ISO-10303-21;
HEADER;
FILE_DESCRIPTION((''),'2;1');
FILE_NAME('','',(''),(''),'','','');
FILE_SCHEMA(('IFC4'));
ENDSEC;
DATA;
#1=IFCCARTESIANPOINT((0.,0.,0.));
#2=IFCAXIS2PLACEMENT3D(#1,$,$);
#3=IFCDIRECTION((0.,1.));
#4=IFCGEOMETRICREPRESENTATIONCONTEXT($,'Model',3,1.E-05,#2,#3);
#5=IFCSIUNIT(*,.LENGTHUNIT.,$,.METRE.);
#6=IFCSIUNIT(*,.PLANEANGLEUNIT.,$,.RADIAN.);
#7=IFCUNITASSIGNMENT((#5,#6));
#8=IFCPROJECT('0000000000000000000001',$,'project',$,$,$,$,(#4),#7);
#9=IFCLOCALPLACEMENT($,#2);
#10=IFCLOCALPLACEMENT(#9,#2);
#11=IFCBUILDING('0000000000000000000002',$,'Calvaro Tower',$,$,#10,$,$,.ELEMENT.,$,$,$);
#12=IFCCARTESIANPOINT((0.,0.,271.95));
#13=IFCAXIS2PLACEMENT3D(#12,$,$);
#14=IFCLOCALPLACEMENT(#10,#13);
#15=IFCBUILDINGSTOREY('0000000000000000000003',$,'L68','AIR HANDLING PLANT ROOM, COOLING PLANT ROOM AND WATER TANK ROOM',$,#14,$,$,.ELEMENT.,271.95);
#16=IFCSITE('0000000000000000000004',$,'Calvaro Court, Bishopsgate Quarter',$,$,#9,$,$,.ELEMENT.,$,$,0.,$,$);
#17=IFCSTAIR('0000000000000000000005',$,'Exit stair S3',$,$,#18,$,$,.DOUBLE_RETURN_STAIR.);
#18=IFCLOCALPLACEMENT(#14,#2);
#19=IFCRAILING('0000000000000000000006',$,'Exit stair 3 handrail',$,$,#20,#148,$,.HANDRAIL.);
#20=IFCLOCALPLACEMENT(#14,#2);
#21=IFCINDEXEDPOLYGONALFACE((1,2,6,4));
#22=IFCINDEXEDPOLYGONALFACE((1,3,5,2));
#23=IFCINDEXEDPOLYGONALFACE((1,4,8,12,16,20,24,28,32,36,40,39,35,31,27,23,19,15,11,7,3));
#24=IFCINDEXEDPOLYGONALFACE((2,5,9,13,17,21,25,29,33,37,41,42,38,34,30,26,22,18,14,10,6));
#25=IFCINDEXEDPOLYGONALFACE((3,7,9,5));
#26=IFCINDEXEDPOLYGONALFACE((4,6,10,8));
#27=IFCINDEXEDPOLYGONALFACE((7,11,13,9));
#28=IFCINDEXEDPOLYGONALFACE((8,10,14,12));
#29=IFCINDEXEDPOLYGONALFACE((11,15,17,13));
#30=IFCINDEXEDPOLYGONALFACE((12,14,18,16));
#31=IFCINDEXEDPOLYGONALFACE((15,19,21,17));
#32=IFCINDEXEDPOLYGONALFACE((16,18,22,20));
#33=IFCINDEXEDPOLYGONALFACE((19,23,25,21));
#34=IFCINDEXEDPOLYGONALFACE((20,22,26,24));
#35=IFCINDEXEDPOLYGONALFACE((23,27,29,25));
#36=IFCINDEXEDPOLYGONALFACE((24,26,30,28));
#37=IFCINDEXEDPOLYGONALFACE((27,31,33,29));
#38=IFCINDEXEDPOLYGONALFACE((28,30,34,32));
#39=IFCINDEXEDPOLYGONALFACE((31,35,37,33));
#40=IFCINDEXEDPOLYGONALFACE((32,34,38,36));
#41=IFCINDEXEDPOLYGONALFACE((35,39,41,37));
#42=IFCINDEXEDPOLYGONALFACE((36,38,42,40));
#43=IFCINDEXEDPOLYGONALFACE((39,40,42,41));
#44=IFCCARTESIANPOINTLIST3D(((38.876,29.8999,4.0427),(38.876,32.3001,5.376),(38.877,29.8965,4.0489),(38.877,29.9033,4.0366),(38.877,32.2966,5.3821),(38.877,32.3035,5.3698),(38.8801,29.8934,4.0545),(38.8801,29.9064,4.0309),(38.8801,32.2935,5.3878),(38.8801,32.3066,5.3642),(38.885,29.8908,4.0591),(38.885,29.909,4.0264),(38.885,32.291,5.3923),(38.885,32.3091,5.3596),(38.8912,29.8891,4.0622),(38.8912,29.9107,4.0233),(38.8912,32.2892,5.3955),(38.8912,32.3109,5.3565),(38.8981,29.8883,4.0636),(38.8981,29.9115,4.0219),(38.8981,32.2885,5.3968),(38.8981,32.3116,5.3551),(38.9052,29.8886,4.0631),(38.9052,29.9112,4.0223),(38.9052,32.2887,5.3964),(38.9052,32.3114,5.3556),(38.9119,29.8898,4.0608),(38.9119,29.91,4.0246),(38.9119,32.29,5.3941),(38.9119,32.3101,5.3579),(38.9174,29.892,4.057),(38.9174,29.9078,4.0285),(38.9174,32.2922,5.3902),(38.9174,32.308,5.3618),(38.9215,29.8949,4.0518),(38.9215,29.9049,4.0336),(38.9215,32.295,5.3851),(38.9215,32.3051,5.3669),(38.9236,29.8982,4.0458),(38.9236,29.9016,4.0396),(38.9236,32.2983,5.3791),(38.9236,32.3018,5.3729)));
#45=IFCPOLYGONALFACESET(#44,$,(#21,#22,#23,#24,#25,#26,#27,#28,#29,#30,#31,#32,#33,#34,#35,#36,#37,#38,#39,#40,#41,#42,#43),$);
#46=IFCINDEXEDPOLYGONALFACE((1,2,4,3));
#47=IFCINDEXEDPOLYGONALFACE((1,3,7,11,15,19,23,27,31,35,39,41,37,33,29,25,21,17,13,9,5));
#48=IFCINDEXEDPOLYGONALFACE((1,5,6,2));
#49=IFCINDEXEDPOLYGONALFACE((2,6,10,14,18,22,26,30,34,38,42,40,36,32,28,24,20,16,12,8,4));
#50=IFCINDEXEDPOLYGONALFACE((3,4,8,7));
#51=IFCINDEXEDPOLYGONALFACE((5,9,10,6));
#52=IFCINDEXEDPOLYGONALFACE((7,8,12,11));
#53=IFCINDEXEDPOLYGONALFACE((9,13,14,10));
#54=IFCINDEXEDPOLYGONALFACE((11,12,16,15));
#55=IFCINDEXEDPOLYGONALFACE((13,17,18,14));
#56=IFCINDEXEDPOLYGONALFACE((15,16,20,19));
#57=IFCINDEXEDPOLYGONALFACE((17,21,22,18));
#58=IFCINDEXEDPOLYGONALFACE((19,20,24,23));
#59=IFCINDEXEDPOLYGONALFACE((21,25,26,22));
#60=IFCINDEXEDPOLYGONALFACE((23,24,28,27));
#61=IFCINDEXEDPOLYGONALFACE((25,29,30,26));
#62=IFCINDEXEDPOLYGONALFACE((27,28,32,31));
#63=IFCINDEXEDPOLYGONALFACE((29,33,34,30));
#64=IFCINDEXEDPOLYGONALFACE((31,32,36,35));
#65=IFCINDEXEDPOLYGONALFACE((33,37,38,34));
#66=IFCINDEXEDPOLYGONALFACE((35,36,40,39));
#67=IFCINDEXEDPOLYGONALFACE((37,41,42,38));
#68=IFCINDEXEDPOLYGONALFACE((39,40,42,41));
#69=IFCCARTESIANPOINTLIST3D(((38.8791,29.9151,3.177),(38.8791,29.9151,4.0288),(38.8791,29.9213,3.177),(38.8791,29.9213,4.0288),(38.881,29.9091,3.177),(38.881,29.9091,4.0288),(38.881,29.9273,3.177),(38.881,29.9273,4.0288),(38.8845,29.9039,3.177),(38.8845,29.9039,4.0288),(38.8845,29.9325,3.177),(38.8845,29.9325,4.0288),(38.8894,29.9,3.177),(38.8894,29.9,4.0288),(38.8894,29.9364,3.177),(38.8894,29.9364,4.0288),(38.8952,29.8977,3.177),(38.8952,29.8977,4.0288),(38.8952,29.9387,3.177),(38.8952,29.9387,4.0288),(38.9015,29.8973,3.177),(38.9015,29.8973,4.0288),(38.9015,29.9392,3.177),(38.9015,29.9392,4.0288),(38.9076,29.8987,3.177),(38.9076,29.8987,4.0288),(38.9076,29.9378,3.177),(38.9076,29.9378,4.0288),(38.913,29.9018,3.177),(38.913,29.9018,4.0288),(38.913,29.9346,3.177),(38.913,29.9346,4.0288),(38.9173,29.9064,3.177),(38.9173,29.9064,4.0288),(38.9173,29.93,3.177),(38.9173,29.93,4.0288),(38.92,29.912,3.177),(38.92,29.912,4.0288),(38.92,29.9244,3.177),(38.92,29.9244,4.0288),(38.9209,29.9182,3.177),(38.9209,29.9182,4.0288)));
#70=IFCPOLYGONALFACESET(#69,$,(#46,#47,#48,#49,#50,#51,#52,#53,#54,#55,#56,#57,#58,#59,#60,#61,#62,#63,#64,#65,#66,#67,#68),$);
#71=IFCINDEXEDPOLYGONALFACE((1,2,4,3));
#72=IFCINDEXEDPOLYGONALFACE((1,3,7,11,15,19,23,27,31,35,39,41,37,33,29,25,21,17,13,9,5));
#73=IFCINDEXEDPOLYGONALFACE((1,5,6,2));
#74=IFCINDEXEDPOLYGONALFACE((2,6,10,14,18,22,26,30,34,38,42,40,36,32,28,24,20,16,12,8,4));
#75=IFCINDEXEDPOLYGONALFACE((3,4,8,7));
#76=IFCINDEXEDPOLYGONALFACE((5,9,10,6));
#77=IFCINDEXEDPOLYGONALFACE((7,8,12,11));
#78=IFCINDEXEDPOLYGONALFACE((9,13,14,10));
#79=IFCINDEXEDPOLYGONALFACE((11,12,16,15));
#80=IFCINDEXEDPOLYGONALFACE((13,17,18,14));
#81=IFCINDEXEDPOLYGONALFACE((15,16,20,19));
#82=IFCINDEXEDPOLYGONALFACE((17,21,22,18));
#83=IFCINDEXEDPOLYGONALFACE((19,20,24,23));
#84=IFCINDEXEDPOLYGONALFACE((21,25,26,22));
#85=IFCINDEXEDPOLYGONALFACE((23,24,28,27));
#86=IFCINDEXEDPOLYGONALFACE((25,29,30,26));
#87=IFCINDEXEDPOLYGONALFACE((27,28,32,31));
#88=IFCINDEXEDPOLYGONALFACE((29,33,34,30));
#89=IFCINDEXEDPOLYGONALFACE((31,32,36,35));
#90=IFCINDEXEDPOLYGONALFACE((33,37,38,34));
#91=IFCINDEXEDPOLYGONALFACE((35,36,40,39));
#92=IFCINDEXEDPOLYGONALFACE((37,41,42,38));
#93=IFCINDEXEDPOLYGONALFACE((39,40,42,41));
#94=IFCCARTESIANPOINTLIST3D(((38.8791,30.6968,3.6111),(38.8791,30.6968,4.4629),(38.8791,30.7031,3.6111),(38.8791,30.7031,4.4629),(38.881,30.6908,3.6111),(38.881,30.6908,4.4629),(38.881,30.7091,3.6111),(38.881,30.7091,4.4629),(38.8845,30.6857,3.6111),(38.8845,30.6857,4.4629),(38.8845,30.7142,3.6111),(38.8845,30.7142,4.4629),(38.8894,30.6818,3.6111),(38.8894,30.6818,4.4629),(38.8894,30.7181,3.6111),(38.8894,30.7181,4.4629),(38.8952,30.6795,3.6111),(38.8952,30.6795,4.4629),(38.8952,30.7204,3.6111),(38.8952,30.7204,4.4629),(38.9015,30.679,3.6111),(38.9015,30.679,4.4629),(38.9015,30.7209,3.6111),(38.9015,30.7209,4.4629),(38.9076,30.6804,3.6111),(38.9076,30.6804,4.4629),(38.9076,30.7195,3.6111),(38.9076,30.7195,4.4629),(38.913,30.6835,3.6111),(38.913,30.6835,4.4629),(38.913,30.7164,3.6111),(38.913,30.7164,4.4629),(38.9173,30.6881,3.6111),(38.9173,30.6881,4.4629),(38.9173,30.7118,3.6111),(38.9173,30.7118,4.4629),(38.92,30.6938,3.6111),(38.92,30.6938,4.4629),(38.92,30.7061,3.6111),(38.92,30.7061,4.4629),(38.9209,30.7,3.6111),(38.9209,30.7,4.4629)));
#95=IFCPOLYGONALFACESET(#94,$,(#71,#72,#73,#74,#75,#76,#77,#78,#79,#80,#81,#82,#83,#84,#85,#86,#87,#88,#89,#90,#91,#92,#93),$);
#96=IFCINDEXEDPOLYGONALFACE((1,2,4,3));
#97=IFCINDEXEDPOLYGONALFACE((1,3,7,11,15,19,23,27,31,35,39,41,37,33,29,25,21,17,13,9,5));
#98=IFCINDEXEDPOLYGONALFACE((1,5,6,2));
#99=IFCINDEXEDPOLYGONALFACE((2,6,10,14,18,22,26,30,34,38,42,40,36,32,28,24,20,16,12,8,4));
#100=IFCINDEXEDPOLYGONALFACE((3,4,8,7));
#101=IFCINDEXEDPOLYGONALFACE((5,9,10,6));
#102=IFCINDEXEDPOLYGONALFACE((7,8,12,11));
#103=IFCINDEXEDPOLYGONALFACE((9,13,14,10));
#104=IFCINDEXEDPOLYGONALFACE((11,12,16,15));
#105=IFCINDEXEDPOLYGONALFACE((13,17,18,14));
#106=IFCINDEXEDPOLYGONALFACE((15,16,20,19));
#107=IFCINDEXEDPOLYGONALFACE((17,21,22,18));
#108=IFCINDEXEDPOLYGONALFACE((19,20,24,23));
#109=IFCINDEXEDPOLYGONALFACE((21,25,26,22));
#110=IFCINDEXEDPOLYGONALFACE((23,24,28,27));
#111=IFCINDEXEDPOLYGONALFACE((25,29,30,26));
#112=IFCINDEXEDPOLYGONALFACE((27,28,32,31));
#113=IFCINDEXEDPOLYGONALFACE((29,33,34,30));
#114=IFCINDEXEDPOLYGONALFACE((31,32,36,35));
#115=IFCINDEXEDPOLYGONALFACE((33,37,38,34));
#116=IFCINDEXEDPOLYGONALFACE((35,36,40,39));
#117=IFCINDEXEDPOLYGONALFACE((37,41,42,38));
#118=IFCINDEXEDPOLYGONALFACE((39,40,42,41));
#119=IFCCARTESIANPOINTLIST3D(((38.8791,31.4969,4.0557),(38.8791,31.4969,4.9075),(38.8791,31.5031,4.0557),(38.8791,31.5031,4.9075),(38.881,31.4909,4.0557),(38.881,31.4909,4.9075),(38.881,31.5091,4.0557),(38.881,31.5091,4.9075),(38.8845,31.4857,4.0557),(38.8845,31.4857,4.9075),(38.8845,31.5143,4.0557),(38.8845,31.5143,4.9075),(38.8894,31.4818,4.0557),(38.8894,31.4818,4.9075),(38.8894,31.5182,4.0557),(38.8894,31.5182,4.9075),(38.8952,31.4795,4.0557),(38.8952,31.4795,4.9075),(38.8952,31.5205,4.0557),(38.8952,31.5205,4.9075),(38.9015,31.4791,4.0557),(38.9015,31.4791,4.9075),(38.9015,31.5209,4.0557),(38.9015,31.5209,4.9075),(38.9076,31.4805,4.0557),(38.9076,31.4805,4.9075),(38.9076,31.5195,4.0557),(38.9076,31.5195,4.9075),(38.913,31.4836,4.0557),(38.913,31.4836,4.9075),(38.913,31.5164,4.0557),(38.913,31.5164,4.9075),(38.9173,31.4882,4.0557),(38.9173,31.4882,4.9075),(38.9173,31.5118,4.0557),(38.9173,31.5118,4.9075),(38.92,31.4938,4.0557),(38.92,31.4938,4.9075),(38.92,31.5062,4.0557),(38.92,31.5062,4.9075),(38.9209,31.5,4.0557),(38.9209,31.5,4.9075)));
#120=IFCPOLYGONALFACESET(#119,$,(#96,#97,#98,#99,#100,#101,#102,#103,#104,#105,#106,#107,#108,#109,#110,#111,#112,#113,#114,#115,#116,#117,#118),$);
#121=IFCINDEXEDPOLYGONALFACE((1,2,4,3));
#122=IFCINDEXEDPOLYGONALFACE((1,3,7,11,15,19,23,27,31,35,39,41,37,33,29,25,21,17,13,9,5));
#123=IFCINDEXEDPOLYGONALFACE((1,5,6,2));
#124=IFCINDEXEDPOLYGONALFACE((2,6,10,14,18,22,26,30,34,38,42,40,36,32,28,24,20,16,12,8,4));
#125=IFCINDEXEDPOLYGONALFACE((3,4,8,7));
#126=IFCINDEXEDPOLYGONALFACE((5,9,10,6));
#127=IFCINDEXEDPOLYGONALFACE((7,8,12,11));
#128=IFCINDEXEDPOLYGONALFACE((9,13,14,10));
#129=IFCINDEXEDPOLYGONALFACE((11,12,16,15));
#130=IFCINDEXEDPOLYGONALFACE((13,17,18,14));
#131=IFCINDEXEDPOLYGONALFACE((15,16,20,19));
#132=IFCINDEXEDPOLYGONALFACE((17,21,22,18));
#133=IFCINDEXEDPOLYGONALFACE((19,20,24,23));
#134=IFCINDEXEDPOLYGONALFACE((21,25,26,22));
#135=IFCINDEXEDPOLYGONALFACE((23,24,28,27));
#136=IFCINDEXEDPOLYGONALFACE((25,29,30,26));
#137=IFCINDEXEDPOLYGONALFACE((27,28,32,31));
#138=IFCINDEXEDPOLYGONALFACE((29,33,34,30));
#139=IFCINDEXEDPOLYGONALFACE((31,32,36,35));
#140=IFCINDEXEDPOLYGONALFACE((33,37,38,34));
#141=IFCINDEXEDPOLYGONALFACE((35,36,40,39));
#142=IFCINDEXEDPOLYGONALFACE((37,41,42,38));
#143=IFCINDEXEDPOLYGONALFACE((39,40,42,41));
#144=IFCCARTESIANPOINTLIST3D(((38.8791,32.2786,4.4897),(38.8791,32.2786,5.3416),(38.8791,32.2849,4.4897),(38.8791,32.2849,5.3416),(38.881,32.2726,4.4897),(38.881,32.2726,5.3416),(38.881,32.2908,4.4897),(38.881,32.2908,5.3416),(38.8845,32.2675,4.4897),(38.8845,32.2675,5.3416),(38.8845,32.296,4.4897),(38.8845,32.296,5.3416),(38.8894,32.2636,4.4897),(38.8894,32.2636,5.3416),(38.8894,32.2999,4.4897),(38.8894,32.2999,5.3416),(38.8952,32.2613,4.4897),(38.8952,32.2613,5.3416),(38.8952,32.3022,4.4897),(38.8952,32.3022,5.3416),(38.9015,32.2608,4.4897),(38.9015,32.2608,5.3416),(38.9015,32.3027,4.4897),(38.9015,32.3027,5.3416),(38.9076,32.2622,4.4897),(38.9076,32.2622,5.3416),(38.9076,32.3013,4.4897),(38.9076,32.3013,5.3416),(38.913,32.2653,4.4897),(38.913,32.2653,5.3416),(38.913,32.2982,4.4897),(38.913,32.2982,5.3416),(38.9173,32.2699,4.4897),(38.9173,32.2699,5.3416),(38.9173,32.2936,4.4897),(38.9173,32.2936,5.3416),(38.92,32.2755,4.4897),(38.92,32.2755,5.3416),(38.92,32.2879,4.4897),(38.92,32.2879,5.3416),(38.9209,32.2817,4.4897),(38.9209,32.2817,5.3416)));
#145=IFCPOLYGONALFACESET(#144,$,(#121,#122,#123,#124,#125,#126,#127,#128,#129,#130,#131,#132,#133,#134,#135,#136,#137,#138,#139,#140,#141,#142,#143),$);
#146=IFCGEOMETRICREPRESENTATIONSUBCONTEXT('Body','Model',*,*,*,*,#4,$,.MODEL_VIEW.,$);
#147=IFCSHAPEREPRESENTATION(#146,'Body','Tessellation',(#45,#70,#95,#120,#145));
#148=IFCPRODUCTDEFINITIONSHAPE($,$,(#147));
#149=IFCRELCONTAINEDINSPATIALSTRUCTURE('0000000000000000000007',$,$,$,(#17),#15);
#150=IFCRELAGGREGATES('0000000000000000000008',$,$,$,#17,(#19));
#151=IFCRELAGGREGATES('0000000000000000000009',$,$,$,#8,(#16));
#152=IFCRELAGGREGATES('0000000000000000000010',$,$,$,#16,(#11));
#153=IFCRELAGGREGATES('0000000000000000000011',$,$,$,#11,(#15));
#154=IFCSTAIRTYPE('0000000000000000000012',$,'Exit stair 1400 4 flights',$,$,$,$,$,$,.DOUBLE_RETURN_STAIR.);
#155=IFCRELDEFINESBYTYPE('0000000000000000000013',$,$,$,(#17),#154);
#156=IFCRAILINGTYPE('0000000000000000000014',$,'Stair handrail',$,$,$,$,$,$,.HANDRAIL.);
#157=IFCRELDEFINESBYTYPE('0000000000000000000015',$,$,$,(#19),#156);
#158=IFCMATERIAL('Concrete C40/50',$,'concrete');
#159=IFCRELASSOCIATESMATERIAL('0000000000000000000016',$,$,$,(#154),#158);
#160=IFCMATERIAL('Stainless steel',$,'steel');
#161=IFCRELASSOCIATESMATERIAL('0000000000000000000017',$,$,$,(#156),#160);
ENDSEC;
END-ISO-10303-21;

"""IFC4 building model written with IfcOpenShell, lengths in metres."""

from ifc_helpers import new_model, si_unit, direction, frame, origin, origin_2d, place, context, subcontext, project, spatial, circle, extrude, material, type_object, element, aggregate, save


model = new_model("IFC4")

# Units and contexts
model_context = context("Model", 3, precision=1e-05, world=origin(), true_north=direction((0.0, 1.0)))
body_context = subcontext(model_context, "Body", "Model", "MODEL_VIEW")
ifc_project = project(units=[si_unit("LENGTHUNIT", "METRE"), si_unit("PLANEANGLEUNIT", "RADIAN")], contexts=[model_context])

# Site, building, storey
site_placement = place(None, origin())
site = spatial("IfcSite", under=ifc_project, at=site_placement, Name="Calvaro Court, Bishopsgate Quarter", CompositionType="ELEMENT", RefElevation=0.0)
building_placement = place(site_placement, origin())
building = spatial("IfcBuilding", under=site, at=building_placement, Name="Calvaro Tower", CompositionType="ELEMENT")
storey_placement = place(building_placement, frame((0.0, 0.0, 271.95)))
storey = spatial("IfcBuildingStorey", under=building, at=storey_placement, Name="L68", Description="AIR HANDLING PLANT ROOM, COOLING PLANT ROOM AND WATER TANK ROOM", CompositionType="ELEMENT", Elevation=271.95)

# Stair
ifc_material_1 = material(Name="Concrete C40/50", Category="concrete")
stair_type = type_object("IfcStairType", Name="Exit stair 1400 4 flights", PredefinedType="DOUBLE_RETURN_STAIR", material=ifc_material_1)
stair_placement = place(storey_placement, origin())
stair = element("IfcStair", 1, at=stair_placement, inside=storey, type_object=stair_type, Name="Exit stair S3", PredefinedType="DOUBLE_RETURN_STAIR")

# Railing
ifc_material_2 = material(Name="Stainless steel", Category="steel")
railing_type = type_object("IfcRailingType", Name="Stair handrail", PredefinedType="HANDRAIL", material=ifc_material_2)
railing_1_placement = place(storey_placement, frame((38.8999, 29.8999, 3.1667)))
railing_1 = element("IfcRailing", 2, at=railing_1_placement, type_object=railing_type, Name="Exit stair 3 handrail", PredefinedType="HANDRAIL", context=body_context, shape_type="SweptSolid", body=[
    extrude(circle(Radius=0.0239, at=origin_2d()), frame((0.0, 0.0, 0.876), z_axis=(0.0, 0.874182, 0.485598), x_axis=(-1.0, 0.0, 0.0)), (0.0, 0.0, 1.0), 2.7456),
    extrude(circle(Radius=0.021, at=origin_2d()), frame((0.0, 0.0183, 0.0103)), (0.0, 0.0, 1.0), 0.8518),
    extrude(circle(Radius=0.021, at=origin_2d()), frame((0.0, 0.8, 0.4443)), (0.0, 0.0, 1.0), 0.8518),
    extrude(circle(Radius=0.021, at=origin_2d()), frame((0.0, 1.6001, 0.8889)), (0.0, 0.0, 1.0), 0.8518),
    extrude(circle(Radius=0.021, at=origin_2d()), frame((0.0, 2.3818, 1.323)), (0.0, 0.0, 1.0), 0.8518),
])
aggregate(stair, [railing_1])

save(model, "model.ifc")
